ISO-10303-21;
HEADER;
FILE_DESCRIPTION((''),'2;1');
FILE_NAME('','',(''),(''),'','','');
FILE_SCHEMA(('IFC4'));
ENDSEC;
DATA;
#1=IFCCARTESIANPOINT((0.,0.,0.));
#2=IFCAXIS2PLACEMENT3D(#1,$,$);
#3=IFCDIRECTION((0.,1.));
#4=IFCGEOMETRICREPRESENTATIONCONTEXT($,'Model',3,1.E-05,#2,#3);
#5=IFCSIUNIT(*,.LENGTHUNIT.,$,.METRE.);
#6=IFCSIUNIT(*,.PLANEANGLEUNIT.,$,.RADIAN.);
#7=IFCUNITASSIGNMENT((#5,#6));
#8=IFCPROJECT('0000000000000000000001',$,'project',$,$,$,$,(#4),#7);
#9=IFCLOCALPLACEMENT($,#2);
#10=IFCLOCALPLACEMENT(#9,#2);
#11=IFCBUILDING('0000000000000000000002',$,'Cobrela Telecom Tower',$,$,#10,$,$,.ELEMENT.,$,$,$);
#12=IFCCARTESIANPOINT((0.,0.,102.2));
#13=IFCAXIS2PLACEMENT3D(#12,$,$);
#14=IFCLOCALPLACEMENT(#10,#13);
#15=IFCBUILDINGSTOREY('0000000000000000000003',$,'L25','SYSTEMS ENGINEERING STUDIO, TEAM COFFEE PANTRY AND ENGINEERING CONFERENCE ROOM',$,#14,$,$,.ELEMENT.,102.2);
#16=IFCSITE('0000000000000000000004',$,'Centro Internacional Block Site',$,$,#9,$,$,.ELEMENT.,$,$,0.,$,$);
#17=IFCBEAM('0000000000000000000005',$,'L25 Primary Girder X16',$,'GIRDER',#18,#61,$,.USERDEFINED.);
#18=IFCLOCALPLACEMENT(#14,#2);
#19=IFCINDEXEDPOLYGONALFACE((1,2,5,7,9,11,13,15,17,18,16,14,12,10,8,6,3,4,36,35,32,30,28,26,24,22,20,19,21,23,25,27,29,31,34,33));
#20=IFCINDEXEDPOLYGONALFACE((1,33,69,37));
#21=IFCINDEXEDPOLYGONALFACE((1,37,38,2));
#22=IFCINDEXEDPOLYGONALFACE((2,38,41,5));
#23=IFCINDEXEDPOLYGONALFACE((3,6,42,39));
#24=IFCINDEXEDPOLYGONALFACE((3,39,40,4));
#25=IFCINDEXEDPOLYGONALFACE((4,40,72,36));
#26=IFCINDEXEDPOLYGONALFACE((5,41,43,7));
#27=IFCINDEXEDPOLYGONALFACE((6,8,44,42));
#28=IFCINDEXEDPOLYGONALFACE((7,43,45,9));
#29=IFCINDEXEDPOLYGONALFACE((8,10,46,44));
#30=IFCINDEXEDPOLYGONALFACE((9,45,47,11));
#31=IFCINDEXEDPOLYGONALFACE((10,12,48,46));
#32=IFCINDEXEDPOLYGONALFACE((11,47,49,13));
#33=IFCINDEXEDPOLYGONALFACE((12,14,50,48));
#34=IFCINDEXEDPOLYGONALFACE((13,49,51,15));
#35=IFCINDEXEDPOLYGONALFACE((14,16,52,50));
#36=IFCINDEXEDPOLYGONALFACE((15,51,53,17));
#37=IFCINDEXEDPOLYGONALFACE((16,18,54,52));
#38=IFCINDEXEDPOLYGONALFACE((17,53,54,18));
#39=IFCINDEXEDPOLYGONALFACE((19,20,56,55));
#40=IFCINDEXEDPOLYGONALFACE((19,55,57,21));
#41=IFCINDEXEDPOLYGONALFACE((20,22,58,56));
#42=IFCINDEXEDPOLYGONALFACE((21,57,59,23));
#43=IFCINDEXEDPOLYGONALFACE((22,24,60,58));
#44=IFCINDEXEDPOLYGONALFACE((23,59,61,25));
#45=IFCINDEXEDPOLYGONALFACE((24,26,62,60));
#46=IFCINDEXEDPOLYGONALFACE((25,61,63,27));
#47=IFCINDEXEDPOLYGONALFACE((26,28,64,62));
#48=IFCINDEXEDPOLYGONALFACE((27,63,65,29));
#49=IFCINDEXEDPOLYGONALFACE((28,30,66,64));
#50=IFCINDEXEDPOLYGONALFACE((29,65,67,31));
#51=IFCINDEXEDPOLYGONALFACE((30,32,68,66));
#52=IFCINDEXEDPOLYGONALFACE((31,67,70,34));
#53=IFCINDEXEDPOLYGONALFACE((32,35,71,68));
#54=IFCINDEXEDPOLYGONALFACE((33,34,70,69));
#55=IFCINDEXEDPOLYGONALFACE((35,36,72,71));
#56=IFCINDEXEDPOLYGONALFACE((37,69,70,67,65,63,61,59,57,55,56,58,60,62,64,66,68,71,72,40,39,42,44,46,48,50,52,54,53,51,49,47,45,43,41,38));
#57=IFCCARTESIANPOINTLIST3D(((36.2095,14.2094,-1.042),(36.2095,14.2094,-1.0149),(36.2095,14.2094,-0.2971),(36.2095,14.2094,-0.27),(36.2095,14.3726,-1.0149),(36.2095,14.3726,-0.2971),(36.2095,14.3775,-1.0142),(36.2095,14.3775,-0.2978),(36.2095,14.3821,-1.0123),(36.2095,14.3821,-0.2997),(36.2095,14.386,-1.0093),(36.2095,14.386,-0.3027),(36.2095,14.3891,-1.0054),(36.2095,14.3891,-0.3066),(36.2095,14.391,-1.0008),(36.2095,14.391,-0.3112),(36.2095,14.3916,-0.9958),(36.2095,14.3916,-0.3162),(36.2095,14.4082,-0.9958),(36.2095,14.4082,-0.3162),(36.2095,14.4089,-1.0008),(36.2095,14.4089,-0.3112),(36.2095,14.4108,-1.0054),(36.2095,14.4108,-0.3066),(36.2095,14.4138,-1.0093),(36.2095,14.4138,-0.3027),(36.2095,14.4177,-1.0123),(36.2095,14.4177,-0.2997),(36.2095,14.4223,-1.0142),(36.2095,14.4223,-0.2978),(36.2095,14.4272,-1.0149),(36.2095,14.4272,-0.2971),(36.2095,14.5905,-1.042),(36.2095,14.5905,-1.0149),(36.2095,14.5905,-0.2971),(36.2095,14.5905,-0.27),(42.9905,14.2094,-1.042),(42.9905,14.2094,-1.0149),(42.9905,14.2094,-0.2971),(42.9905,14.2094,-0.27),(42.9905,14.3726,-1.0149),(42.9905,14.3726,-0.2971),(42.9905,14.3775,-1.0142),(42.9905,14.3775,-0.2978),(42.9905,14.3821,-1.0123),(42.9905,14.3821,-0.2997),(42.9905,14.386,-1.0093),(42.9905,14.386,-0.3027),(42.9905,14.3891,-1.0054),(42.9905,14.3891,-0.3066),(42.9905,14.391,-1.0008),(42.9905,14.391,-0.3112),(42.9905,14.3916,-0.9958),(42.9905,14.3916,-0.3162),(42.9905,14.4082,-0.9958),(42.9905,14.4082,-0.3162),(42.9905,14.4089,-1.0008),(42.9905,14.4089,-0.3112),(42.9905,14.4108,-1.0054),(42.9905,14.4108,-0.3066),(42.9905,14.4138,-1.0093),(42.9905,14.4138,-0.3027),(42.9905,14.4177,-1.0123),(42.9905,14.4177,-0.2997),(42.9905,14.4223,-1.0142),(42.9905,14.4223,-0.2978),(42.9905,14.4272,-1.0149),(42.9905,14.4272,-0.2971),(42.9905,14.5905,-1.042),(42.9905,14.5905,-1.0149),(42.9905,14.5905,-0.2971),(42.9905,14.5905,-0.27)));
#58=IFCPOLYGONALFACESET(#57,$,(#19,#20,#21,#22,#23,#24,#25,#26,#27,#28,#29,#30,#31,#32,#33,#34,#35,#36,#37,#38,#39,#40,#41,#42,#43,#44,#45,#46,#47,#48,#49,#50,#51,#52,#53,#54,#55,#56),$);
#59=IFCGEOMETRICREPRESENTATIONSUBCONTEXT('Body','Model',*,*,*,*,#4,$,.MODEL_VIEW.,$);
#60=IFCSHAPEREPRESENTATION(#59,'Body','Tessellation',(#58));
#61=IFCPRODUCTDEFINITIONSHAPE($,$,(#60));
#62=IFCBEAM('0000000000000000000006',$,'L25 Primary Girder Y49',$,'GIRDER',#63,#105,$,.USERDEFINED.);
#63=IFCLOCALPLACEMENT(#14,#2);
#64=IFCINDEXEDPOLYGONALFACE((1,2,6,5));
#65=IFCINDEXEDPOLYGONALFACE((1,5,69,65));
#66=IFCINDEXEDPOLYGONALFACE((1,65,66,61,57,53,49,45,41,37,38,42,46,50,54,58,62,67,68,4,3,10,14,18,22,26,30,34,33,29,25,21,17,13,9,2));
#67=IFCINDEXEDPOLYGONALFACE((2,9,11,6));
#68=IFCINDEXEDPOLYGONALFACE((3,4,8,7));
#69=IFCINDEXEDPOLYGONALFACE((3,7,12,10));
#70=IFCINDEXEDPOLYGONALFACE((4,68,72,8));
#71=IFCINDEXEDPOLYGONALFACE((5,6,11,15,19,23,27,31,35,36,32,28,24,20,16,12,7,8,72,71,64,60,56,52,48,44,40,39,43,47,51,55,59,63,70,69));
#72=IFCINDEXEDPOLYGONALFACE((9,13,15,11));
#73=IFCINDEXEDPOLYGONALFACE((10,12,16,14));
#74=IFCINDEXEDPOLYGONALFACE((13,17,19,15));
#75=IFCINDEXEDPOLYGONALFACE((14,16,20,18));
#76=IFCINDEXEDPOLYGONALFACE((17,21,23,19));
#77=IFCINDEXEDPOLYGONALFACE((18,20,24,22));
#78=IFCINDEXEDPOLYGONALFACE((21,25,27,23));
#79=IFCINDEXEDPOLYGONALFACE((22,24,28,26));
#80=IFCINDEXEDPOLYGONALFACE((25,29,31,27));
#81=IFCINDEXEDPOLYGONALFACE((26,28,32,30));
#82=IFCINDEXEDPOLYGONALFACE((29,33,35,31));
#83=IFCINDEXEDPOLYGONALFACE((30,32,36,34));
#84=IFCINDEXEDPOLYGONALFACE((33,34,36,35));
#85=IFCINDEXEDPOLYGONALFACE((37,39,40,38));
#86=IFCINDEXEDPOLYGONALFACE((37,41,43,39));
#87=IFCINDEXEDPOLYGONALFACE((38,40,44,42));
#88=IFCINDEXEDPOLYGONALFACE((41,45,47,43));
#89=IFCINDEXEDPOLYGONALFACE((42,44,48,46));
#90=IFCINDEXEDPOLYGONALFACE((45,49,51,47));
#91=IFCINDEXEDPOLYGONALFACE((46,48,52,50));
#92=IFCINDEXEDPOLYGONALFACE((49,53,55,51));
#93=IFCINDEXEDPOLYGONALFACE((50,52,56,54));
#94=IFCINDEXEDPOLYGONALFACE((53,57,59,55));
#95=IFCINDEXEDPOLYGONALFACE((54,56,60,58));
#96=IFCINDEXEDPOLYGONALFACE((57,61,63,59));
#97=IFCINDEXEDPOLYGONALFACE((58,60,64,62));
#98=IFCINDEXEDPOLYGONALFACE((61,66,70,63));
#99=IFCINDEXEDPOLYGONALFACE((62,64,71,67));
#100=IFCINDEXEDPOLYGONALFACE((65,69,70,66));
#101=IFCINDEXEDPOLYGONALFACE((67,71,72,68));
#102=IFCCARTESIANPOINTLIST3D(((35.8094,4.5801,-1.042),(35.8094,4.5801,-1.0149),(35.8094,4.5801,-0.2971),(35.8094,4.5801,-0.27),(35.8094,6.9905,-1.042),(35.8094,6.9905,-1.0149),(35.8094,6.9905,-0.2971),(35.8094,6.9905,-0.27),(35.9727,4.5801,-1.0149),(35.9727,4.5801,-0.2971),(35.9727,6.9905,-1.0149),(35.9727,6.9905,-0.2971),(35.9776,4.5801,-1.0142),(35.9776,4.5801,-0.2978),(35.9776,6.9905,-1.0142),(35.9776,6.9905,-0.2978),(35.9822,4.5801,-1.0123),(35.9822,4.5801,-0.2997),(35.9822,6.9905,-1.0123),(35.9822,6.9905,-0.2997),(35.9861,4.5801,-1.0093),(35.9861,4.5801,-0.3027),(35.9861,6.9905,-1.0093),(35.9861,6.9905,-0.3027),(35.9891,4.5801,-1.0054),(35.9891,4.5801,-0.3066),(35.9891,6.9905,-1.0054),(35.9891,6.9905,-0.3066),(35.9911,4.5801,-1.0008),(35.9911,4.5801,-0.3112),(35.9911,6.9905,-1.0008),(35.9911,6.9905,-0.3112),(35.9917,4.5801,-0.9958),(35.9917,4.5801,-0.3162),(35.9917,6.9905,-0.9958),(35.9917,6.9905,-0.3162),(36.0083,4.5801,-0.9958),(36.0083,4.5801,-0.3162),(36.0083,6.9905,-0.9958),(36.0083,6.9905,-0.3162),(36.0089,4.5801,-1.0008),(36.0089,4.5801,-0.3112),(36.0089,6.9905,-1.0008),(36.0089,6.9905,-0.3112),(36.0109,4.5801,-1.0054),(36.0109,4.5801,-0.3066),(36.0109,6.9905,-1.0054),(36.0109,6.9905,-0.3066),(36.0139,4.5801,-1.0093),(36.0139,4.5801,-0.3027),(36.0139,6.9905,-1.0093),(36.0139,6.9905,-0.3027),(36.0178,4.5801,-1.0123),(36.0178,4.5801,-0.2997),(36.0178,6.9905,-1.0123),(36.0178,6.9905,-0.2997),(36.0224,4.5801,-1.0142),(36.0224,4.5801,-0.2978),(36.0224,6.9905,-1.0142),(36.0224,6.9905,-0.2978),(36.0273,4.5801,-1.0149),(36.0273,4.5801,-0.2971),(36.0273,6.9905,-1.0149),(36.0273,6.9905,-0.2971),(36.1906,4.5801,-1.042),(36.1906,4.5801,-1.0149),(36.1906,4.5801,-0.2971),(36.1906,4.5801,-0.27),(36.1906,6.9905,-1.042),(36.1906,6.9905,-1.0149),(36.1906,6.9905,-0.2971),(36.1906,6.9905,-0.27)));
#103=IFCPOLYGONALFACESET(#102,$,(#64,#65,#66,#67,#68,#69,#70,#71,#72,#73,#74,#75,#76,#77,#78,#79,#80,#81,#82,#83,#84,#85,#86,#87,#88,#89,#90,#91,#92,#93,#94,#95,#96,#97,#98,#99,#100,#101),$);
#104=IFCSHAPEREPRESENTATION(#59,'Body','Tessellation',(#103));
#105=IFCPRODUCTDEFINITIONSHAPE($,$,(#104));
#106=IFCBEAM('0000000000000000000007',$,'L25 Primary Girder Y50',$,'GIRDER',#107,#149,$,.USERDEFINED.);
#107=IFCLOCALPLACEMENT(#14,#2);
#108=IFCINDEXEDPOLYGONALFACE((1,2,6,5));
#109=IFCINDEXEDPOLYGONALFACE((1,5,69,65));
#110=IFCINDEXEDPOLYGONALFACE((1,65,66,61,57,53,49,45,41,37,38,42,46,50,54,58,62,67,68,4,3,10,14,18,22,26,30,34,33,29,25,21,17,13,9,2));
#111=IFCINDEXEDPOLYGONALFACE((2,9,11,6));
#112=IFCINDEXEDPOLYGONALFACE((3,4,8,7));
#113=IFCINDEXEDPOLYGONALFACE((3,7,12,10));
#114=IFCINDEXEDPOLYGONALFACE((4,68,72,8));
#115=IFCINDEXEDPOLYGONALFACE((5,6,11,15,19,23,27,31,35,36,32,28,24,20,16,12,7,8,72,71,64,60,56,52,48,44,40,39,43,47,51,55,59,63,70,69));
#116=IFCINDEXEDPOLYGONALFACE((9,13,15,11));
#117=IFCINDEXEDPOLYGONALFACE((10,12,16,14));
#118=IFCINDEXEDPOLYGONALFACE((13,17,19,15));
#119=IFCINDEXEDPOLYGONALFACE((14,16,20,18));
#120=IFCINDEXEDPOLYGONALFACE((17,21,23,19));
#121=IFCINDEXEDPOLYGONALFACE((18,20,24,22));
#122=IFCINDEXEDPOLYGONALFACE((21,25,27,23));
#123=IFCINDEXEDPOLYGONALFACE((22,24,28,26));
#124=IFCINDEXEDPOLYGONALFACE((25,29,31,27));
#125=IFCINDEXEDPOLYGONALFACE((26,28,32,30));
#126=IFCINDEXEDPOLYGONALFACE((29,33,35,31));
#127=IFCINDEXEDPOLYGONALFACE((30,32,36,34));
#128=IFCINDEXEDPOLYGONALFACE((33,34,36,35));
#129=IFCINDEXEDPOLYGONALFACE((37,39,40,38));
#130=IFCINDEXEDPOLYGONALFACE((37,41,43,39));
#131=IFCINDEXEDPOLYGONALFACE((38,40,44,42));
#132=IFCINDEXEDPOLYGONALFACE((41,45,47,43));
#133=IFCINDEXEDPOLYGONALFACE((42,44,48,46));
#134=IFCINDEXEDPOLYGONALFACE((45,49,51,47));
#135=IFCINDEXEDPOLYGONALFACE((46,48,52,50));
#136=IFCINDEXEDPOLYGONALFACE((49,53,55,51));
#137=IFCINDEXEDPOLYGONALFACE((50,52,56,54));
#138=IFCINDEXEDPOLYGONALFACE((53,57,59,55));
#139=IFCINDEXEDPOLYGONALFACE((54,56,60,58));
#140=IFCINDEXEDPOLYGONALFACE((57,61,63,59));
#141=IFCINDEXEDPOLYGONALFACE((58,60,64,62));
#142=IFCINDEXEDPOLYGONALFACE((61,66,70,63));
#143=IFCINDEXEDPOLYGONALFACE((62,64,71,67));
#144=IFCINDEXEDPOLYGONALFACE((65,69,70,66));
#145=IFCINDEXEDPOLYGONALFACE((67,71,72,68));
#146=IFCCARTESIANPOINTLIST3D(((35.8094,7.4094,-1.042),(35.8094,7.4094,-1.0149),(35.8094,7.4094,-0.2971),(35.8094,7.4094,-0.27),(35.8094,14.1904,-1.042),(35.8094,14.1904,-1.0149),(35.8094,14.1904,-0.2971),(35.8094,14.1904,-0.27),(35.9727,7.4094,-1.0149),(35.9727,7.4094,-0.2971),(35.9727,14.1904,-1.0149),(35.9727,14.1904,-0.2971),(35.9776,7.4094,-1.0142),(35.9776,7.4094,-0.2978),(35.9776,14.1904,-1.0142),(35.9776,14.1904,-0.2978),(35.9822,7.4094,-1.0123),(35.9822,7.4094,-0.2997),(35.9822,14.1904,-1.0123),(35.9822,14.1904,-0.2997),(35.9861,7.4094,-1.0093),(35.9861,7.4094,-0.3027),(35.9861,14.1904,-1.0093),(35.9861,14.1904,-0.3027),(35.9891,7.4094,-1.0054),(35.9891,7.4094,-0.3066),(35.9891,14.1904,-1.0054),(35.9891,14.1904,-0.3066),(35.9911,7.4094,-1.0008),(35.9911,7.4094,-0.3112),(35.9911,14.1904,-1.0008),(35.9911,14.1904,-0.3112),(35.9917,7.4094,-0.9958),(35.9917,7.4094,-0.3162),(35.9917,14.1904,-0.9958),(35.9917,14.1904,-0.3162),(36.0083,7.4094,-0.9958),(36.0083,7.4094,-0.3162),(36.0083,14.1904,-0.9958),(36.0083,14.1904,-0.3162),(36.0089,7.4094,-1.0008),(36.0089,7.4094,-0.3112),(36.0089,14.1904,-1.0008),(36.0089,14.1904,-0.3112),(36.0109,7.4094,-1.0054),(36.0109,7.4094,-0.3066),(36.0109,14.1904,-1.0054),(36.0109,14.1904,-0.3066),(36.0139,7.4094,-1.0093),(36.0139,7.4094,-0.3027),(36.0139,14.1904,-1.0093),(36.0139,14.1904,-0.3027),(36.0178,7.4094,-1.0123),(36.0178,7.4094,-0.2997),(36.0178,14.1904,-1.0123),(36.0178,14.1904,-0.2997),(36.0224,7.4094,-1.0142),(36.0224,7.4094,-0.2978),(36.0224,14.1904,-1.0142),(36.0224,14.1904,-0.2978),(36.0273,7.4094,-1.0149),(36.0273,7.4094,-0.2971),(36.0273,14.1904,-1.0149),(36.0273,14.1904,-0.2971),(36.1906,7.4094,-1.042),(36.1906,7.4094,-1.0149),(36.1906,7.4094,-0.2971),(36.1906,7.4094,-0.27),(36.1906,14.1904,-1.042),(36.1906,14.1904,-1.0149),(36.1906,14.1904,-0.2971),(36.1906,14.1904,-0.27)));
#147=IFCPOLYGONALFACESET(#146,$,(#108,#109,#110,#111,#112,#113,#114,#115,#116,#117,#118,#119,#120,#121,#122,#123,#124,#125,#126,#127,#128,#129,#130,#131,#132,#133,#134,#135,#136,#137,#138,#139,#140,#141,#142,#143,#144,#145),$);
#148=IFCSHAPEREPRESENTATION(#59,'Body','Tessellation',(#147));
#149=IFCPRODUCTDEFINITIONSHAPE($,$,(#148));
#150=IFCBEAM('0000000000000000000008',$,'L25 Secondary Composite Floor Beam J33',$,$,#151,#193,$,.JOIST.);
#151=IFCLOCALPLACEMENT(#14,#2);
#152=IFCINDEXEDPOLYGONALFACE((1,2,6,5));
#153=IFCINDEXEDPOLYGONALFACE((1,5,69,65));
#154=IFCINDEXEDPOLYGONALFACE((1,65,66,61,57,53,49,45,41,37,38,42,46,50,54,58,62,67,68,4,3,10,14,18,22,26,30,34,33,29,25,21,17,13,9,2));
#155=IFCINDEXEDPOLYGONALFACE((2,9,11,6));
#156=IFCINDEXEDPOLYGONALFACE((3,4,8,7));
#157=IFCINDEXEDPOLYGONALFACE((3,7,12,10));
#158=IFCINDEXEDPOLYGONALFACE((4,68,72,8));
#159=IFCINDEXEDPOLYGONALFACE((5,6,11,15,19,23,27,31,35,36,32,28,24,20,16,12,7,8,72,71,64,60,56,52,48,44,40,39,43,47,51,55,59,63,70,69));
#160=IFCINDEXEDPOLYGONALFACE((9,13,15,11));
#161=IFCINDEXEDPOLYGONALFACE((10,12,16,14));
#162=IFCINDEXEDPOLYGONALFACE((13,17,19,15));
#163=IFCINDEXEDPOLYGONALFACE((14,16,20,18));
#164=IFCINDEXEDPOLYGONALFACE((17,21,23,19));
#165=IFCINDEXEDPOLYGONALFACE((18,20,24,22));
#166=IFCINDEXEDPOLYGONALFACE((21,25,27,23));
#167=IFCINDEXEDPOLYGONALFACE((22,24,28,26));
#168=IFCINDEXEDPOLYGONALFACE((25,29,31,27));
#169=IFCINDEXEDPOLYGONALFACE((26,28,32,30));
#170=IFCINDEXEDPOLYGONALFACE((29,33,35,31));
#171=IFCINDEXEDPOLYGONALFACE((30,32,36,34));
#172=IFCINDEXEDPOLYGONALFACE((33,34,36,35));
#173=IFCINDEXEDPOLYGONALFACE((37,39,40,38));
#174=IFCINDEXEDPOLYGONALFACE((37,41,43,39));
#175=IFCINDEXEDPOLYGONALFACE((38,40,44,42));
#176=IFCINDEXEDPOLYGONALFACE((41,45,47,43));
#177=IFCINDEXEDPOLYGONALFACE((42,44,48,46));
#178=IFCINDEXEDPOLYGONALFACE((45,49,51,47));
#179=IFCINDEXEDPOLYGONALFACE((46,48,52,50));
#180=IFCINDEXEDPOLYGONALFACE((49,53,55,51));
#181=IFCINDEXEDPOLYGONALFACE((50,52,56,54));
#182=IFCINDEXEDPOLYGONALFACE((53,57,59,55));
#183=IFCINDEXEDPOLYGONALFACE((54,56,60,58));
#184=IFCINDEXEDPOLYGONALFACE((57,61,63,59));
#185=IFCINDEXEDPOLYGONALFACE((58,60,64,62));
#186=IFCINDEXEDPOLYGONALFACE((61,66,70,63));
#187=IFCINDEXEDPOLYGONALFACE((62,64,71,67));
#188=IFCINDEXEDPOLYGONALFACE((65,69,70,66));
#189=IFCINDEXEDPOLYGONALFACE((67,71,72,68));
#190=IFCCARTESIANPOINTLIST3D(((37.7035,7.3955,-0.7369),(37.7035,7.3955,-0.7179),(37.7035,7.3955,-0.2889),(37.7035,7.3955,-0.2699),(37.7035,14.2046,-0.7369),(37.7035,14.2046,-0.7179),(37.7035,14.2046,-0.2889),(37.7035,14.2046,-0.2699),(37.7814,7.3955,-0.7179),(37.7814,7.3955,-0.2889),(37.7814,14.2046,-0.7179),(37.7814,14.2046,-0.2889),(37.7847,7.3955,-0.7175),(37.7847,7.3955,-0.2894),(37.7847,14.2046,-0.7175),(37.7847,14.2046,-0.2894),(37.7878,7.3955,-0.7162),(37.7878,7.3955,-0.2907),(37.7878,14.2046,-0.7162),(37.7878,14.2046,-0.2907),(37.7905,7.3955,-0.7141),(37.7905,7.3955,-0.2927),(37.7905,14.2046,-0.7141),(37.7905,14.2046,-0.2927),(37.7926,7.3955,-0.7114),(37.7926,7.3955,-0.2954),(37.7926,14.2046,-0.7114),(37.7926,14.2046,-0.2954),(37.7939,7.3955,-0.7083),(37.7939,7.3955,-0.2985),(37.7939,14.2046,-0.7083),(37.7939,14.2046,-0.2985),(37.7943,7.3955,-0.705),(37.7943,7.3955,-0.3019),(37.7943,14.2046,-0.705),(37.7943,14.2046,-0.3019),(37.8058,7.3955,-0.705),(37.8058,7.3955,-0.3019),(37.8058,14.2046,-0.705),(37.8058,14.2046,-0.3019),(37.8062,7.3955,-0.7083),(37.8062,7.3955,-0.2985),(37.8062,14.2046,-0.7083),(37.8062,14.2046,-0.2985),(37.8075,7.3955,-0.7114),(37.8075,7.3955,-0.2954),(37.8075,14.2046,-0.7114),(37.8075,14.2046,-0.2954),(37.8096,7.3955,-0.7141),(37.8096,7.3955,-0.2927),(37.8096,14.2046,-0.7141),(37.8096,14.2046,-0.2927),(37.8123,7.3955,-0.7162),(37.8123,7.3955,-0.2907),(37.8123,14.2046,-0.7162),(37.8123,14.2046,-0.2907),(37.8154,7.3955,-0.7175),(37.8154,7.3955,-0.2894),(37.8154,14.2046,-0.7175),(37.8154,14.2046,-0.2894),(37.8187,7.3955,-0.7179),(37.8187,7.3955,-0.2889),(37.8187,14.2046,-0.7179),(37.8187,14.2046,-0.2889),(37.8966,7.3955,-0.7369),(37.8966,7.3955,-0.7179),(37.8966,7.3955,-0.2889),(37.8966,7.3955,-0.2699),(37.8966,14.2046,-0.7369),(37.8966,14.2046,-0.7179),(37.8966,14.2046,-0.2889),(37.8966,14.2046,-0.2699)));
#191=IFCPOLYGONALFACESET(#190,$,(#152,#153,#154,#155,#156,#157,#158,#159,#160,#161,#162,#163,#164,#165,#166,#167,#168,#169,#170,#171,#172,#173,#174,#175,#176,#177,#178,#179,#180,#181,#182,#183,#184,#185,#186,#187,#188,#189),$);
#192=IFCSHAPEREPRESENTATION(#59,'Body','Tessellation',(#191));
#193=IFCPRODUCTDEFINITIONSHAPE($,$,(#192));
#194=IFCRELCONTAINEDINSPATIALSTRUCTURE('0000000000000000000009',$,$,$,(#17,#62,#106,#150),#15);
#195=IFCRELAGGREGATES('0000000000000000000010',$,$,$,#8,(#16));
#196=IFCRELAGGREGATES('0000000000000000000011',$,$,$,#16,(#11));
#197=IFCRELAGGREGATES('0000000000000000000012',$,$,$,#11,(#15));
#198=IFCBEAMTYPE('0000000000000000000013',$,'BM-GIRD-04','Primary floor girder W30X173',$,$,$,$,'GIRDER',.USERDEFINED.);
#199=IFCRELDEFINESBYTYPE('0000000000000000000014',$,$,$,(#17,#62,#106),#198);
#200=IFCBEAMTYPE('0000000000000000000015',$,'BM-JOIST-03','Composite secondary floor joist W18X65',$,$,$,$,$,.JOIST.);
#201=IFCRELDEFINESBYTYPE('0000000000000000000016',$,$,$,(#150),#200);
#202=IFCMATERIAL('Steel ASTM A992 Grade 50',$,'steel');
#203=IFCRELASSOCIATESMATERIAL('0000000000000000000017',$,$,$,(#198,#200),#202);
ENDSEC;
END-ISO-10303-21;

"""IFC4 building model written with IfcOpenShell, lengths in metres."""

from ifc_helpers import new_model, si_unit, direction, frame, origin, origin_2d, place, context, subcontext, project, spatial, i_section, extrude, material, material_profile, profile_set, type_object, element, save


model = new_model("IFC4")

# Units and contexts
model_context = context("Model", 3, precision=1e-05, world=origin(), true_north=direction((0.0, 1.0)))
body_context = subcontext(model_context, "Body", "Model", "MODEL_VIEW")
ifc_project = project(units=[si_unit("LENGTHUNIT", "METRE"), si_unit("PLANEANGLEUNIT", "RADIAN")], contexts=[model_context])

# Site, building, storey
site_placement = place(None, origin())
site = spatial("IfcSite", under=ifc_project, at=site_placement, Name="Centro Internacional Block Site", CompositionType="ELEMENT", RefElevation=0.0)
building_placement = place(site_placement, origin())
building = spatial("IfcBuilding", under=site, at=building_placement, Name="Cobrela Telecom Tower", CompositionType="ELEMENT")
storey_placement = place(building_placement, frame((0.0, 0.0, 102.2)))
storey = spatial("IfcBuildingStorey", under=building, at=storey_placement, Name="L25", Description="SYSTEMS ENGINEERING STUDIO, TEAM COFFEE PANTRY AND ENGINEERING CONFERENCE ROOM", CompositionType="ELEMENT", Elevation=102.2)

# Shared definitions
ifc_material_1 = material(Name="Steel ASTM A992 Grade 50", Category="steel")

# Beams
ifc_material_profile_1 = material_profile(ifc_material_1, i_section(OverallWidth=0.3811, OverallDepth=0.772, WebThickness=0.0166, FlangeThickness=0.0271, FilletRadius=0.019, at=origin_2d()), Name="W30X173")
ifc_profile_set_1 = profile_set([ifc_material_profile_1], Name="Steel ASTM A992 Grade 50")
beam_type_1 = type_object("IfcBeamType", Name="BM-GIRD-04", Description="Primary floor girder W30X173", ElementType="GIRDER", PredefinedType="USERDEFINED", material=ifc_profile_set_1)
beam_1_placement = place(storey_placement, frame((36.2095, 14.3999, -0.656), z_axis=(1.0, 0.0, 0.0), x_axis=(0.0, 1.0, 0.0)))
element("IfcBeam", 1, at=beam_1_placement, inside=storey, type_object=beam_type_1, Name="L25 Primary Girder X16", ObjectType="GIRDER", PredefinedType="USERDEFINED", context=body_context, shape_type="SweptSolid", body=[
    extrude(i_section(OverallWidth=0.3811, OverallDepth=0.772, WebThickness=0.0166, FlangeThickness=0.0271, FilletRadius=0.019, at=origin_2d()), origin(), (0.0, 0.0, 1.0), 6.781),
])
beam_2_placement = place(storey_placement, frame((36.0, 4.5801, -0.656), z_axis=(0.0, 1.0, 0.0), x_axis=(-1.0, 0.0, 0.0)))
element("IfcBeam", 2, at=beam_2_placement, inside=storey, type_object=beam_type_1, Name="L25 Primary Girder Y49", ObjectType="GIRDER", PredefinedType="USERDEFINED", context=body_context, shape_type="SweptSolid", body=[
    extrude(i_section(OverallWidth=0.3811, OverallDepth=0.772, WebThickness=0.0166, FlangeThickness=0.0271, FilletRadius=0.019, at=origin_2d()), origin(), (0.0, 0.0, 1.0), 2.4104),
])
beam_3_placement = place(storey_placement, frame((36.0, 7.4094, -0.656), z_axis=(0.0, 1.0, 0.0), x_axis=(-1.0, 0.0, 0.0)))
element("IfcBeam", 3, at=beam_3_placement, inside=storey, type_object=beam_type_1, Name="L25 Primary Girder Y50", ObjectType="GIRDER", PredefinedType="USERDEFINED", context=body_context, shape_type="SweptSolid", body=[
    extrude(i_section(OverallWidth=0.3811, OverallDepth=0.772, WebThickness=0.0166, FlangeThickness=0.0271, FilletRadius=0.019, at=origin_2d()), origin(), (0.0, 0.0, 1.0), 6.781),
])
ifc_material_profile_2 = material_profile(ifc_material_1, i_section(OverallWidth=0.1931, OverallDepth=0.467, WebThickness=0.0115, FlangeThickness=0.019, FilletRadius=0.0129, at=origin_2d()), Name="W18X65")
ifc_profile_set_2 = profile_set([ifc_material_profile_2], Name="Steel ASTM A992 Grade 50")
beam_type_2 = type_object("IfcBeamType", Name="BM-JOIST-03", Description="Composite secondary floor joist W18X65", PredefinedType="JOIST", material=ifc_profile_set_2)
for number, where, z_axis, x_axis, name in (
    (4, (37.8, 7.3955, -0.5034), (0.0, 1.0, 0.0), (-1.0, 0.0, 0.0), "L25 Secondary Composite Floor Beam J33"),
):
    element("IfcBeam", number, at=place(storey_placement, frame(where, z_axis=z_axis, x_axis=x_axis)), inside=storey, type_object=beam_type_2, Name=name, PredefinedType="JOIST", context=body_context, shape_type="SweptSolid", body=[
        extrude(i_section(OverallWidth=0.1931, OverallDepth=0.467, WebThickness=0.0115, FlangeThickness=0.019, FilletRadius=0.0129, at=origin_2d()), origin(), (0.0, 0.0, 1.0), 6.8091),
    ])

save(model, "model.ifc")
